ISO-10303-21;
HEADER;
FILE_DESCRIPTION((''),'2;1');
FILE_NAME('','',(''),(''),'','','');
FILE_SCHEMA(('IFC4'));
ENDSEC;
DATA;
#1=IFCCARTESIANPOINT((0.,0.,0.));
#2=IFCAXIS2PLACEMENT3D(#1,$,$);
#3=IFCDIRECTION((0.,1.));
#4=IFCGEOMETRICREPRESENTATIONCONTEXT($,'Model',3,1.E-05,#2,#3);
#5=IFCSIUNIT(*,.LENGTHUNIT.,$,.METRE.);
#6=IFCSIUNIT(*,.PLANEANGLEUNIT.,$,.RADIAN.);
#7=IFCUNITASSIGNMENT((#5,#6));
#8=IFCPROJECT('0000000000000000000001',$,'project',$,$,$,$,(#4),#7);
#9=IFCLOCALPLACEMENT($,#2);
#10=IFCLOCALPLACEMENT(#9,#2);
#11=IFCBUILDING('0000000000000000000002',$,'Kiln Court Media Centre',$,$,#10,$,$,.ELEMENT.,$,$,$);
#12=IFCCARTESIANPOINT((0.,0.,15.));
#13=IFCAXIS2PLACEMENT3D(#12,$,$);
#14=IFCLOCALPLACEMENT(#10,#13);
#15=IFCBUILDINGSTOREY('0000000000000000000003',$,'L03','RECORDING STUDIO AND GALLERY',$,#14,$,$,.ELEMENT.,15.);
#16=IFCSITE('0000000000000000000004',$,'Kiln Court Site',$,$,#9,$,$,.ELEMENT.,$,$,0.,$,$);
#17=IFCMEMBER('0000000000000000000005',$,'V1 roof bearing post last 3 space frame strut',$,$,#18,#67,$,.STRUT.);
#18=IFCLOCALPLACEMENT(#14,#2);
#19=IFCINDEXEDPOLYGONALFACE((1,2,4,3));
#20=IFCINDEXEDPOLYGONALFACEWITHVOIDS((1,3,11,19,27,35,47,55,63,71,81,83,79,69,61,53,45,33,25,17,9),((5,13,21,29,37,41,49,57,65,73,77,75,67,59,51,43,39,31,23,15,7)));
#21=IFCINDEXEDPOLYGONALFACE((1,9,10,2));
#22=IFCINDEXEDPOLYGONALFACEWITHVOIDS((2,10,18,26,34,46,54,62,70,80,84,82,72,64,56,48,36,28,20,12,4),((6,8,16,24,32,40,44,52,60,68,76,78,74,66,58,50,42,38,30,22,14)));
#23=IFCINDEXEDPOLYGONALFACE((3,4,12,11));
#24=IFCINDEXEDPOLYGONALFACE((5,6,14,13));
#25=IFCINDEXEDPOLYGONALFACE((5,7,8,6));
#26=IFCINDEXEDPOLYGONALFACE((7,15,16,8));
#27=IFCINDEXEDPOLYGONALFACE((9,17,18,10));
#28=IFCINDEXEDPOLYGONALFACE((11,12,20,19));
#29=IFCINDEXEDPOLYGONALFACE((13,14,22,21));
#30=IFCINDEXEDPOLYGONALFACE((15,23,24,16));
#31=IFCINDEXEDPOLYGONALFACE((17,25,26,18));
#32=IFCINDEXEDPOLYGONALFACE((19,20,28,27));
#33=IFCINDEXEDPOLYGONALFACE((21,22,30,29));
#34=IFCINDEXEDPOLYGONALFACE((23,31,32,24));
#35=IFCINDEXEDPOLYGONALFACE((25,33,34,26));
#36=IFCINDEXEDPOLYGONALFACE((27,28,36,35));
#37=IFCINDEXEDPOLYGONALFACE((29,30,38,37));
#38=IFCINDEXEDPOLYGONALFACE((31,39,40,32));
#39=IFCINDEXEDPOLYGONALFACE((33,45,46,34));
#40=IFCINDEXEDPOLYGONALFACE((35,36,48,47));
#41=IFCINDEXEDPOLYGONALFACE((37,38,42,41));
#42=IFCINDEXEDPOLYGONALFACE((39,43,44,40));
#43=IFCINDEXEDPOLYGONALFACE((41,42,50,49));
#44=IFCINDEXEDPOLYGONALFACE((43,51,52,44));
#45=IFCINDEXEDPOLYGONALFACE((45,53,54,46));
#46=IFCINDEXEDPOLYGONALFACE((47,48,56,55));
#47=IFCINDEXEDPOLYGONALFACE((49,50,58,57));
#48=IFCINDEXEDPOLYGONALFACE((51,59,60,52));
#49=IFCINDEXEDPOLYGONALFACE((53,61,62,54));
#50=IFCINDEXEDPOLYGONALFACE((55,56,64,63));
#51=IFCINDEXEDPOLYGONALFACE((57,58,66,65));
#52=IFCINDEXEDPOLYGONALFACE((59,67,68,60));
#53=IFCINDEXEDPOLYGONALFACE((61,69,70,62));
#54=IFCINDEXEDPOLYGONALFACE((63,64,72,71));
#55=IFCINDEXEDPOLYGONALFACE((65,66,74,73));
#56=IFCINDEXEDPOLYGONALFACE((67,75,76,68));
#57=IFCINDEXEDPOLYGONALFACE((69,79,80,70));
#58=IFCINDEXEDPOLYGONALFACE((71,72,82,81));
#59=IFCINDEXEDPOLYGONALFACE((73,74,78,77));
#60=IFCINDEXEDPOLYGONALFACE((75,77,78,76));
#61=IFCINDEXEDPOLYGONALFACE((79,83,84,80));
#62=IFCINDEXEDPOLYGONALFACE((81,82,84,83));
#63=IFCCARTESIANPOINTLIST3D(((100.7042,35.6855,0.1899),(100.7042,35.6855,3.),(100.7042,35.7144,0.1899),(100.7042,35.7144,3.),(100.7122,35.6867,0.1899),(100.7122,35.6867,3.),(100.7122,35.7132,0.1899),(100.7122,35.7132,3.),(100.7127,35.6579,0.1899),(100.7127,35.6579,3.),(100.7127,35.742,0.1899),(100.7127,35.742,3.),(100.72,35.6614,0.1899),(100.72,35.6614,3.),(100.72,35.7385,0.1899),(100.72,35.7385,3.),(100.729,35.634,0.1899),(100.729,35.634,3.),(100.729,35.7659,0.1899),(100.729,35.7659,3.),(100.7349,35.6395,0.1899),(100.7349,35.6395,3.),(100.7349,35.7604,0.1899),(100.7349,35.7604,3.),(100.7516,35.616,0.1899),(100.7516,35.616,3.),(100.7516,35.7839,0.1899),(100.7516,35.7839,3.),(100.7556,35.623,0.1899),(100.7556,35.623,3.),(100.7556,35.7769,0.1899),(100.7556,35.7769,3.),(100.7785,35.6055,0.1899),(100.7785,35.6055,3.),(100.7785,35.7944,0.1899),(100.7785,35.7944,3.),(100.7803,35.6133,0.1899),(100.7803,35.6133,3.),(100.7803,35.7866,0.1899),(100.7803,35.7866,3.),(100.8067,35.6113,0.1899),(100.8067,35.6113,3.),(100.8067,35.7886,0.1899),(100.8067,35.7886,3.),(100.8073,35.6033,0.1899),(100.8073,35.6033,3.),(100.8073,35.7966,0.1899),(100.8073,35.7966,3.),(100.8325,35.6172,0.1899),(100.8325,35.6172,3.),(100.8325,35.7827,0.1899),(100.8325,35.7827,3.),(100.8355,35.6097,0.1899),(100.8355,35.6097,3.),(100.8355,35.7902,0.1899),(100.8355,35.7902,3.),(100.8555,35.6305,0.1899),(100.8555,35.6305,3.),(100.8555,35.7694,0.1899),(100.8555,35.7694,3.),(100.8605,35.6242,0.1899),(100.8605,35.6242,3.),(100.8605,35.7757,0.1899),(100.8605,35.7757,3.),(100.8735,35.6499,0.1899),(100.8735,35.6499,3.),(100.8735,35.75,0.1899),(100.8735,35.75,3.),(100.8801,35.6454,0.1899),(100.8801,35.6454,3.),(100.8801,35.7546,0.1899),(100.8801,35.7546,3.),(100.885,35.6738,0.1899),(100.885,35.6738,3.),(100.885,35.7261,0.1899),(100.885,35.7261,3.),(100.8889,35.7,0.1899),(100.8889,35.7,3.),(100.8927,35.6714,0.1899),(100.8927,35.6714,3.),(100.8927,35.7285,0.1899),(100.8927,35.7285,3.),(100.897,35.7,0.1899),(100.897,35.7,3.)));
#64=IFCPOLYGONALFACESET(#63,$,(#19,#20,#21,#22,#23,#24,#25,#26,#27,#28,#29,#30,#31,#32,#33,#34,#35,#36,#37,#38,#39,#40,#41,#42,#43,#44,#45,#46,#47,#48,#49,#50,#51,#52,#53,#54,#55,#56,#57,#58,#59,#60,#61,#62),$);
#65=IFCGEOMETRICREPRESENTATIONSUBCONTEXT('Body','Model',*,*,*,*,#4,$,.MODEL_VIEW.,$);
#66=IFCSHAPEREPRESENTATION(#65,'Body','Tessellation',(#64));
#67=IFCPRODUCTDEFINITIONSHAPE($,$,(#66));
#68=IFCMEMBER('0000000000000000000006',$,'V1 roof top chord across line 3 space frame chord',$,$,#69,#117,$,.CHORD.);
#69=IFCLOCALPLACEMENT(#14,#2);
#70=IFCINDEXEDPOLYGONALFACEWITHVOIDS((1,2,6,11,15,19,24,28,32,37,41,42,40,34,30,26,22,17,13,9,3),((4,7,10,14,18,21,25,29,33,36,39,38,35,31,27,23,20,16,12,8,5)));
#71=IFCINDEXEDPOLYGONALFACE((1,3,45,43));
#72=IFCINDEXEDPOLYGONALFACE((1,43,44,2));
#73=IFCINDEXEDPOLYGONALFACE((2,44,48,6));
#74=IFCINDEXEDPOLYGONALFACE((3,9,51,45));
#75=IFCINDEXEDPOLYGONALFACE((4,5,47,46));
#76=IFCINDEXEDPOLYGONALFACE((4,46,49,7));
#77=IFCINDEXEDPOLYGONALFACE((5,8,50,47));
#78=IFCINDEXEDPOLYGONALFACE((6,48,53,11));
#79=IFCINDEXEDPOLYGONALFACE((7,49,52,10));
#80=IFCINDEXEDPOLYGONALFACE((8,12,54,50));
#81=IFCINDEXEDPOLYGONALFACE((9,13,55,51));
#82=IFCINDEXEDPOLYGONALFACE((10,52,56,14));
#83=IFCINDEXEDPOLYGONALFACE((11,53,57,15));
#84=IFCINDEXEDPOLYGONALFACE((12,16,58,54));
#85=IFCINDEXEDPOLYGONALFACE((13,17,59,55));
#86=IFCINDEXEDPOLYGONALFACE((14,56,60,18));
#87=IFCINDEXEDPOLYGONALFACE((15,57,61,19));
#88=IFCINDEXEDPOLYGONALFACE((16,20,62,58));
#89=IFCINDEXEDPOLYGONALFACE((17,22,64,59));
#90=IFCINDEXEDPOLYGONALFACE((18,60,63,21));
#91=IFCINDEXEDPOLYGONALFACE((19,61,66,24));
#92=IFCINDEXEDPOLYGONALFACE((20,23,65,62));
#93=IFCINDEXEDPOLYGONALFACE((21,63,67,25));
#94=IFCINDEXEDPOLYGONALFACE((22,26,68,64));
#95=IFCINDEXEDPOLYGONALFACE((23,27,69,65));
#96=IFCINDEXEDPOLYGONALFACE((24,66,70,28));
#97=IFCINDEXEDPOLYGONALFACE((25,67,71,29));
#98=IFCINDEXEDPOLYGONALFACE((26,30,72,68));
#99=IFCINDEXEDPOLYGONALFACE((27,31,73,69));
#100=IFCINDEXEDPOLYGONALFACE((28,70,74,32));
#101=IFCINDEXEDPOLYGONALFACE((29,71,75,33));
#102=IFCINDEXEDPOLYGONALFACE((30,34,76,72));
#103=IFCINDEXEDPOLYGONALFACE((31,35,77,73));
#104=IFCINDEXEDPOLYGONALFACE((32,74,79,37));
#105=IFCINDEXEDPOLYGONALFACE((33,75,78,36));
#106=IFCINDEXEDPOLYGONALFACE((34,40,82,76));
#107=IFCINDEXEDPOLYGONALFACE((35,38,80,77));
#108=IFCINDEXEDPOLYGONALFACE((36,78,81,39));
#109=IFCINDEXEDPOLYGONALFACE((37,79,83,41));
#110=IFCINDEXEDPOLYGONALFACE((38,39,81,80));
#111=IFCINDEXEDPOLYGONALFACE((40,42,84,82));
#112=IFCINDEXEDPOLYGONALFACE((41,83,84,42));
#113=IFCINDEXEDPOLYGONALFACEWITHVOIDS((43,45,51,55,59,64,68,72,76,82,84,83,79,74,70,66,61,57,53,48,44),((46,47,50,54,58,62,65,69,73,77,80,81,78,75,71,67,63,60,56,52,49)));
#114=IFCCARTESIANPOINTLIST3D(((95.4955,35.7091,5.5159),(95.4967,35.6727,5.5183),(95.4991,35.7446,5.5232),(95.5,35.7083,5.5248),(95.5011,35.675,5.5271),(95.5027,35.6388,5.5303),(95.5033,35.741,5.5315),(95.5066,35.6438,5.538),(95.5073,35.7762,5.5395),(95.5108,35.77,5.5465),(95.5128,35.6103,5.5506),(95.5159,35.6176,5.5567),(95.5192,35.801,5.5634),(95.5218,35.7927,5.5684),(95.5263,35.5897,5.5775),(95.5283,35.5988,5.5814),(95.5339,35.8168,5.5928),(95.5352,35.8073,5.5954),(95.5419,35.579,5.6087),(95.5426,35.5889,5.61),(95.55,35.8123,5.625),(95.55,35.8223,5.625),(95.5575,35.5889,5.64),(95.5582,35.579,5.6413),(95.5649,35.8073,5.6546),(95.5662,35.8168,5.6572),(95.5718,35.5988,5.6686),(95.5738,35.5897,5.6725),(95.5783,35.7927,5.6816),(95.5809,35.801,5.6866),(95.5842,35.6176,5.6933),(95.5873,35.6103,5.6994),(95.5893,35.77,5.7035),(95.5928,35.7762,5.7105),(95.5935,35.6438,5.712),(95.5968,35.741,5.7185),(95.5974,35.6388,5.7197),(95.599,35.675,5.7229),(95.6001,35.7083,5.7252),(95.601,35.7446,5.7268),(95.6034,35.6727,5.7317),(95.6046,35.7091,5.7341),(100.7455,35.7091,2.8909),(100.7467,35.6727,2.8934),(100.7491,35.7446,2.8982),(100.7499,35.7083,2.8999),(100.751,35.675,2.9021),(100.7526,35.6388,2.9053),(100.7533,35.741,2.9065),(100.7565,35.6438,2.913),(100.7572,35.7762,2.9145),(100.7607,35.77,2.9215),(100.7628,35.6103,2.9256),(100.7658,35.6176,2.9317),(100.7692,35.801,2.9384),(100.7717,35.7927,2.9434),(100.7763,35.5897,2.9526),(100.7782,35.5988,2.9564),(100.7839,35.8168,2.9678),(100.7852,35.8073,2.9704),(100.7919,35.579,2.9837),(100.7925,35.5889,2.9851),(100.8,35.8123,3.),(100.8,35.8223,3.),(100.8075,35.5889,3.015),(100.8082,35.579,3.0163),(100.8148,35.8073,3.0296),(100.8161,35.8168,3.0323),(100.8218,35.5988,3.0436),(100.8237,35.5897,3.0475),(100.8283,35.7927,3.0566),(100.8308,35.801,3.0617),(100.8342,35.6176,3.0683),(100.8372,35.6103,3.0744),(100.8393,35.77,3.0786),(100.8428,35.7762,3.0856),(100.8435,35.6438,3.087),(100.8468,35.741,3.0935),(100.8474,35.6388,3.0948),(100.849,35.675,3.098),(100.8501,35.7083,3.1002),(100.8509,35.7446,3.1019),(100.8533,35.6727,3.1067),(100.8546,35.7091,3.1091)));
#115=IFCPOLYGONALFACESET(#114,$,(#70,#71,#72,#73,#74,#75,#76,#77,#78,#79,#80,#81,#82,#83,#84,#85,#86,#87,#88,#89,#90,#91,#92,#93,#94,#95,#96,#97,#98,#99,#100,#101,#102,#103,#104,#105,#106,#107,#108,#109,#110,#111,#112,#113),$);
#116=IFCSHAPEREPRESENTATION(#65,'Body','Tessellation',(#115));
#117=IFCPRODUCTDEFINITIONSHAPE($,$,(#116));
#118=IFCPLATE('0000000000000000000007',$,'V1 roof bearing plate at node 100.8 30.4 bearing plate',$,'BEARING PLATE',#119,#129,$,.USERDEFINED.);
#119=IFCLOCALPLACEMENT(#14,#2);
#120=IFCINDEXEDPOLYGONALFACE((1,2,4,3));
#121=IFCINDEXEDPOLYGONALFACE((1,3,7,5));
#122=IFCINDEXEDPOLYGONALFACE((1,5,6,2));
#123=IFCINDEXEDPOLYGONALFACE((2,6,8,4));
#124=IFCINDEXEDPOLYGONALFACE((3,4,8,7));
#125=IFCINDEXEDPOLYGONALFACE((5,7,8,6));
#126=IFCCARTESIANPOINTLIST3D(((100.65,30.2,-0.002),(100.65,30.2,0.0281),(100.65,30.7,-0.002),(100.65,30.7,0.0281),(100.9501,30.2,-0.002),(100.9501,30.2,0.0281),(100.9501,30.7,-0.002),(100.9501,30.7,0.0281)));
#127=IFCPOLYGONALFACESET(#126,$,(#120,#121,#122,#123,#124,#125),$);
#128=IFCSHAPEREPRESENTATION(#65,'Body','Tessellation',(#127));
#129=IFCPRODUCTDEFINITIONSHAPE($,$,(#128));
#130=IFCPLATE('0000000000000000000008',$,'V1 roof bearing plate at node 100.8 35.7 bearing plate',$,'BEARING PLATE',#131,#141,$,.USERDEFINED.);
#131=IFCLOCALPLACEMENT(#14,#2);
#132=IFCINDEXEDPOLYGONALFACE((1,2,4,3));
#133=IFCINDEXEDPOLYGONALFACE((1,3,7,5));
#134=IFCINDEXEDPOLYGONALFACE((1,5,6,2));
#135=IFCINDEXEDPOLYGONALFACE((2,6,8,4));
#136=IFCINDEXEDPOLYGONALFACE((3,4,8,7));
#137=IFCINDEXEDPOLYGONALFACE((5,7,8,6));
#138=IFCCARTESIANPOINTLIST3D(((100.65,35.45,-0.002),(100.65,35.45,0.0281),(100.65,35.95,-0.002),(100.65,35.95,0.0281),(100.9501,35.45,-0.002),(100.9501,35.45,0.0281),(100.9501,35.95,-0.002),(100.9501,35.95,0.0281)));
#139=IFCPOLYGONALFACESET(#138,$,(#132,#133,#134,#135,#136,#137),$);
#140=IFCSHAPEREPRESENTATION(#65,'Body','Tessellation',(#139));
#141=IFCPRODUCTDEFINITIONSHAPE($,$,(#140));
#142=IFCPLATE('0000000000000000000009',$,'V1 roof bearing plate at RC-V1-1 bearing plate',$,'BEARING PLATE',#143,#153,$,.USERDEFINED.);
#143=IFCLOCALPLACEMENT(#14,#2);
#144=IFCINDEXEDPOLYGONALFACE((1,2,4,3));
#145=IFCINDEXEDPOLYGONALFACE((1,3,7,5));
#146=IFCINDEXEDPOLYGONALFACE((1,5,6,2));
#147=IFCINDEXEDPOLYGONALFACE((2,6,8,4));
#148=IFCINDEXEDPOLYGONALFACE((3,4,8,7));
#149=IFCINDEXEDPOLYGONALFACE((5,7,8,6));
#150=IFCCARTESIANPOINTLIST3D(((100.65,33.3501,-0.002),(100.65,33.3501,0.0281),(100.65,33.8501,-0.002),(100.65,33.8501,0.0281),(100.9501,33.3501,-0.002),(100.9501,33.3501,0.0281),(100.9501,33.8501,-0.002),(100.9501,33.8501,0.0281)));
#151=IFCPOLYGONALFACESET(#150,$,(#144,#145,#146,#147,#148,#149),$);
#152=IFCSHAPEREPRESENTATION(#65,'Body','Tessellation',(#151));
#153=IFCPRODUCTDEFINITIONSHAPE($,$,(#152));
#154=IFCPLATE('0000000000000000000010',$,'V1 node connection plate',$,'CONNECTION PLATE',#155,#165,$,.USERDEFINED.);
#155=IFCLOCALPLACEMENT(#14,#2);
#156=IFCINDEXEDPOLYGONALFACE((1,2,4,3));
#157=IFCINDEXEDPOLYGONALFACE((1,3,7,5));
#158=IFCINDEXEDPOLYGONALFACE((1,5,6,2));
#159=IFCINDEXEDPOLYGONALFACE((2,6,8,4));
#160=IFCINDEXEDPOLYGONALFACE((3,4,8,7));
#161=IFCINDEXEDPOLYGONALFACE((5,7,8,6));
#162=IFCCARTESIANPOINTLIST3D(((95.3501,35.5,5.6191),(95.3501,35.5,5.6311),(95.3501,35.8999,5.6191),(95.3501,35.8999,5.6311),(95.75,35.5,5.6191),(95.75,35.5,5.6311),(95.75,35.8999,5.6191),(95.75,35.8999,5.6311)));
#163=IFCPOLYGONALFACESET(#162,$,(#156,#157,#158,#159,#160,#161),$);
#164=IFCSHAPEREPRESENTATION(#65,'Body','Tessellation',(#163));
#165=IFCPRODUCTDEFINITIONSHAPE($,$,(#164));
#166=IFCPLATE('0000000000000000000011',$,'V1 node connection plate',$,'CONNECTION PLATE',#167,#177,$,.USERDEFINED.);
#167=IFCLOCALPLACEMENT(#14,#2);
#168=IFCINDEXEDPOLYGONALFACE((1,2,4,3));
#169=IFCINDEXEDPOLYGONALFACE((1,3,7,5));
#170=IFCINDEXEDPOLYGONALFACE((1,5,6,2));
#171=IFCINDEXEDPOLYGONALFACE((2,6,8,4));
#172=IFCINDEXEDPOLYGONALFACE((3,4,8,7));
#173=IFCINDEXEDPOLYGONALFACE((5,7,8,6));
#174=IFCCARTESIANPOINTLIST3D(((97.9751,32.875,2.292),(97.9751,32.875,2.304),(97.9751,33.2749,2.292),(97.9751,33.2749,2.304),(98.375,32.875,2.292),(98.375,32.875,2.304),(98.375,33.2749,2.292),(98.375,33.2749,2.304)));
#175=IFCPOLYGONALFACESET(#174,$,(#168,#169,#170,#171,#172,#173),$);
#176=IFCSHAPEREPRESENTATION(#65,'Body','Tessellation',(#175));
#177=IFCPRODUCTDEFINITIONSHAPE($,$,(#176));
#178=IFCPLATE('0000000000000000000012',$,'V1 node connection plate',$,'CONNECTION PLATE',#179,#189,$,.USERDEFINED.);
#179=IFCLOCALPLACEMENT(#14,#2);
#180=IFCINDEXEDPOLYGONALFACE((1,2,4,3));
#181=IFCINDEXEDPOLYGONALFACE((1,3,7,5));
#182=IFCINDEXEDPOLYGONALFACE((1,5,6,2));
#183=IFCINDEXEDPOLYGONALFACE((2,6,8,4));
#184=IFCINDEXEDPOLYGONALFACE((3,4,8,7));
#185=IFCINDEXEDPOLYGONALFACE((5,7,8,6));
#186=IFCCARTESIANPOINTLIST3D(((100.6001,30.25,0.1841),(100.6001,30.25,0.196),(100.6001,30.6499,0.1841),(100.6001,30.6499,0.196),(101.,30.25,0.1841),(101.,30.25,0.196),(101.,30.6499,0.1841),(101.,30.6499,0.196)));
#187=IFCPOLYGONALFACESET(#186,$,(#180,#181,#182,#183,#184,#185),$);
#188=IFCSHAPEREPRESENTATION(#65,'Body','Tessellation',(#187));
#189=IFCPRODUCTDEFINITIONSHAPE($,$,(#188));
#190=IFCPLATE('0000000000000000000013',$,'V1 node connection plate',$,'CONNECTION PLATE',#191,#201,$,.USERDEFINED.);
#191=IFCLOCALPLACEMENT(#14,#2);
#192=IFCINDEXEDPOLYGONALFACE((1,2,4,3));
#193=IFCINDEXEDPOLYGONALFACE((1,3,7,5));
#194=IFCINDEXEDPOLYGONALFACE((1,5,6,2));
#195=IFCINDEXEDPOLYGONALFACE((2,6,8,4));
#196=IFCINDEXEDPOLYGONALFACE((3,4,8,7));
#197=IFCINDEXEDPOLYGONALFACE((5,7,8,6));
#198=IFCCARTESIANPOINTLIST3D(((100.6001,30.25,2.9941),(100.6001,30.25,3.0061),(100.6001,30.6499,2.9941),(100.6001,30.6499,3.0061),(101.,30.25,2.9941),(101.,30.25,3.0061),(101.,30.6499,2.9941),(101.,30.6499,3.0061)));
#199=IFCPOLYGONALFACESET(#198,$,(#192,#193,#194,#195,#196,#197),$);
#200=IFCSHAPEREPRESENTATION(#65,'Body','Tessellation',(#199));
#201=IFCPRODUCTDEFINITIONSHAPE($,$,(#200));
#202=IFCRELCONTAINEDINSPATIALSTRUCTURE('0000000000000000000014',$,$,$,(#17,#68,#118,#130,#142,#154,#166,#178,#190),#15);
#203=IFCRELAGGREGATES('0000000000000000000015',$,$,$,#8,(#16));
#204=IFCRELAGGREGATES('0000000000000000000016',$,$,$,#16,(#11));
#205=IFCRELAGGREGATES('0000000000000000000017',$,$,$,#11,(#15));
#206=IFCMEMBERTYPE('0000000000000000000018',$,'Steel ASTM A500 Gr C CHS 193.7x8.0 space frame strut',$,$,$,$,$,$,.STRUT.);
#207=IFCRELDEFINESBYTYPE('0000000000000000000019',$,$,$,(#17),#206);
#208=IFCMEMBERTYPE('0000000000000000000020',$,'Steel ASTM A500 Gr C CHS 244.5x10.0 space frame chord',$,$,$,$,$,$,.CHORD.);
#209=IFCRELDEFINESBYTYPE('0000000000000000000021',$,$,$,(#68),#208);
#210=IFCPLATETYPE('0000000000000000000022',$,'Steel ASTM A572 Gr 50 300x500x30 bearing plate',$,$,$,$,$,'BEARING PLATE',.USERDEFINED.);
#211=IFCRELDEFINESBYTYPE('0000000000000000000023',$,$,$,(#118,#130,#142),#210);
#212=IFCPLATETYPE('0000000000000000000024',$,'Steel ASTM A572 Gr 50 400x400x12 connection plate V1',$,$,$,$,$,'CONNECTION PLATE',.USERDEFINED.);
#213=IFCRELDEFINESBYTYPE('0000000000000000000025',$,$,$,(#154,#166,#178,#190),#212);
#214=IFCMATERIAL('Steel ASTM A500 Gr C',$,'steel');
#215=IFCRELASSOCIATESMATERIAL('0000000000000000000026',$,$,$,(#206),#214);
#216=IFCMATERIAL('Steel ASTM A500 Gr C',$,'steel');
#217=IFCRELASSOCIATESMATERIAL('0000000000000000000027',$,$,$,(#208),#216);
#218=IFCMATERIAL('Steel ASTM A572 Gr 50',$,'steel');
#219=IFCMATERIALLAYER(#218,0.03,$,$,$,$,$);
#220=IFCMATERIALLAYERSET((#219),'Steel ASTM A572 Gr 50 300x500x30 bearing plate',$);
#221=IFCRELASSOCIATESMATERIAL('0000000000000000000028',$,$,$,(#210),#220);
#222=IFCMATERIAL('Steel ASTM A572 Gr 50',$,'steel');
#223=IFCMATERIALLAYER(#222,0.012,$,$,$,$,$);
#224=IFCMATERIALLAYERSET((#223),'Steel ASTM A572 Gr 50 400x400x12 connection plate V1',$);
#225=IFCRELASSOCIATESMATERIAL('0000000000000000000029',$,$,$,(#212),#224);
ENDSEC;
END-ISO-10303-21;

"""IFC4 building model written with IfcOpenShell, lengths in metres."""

from ifc_helpers import new_model, si_unit, direction, frame, origin, origin_2d, place, context, subcontext, project, spatial, rectangle, hollow_circle, extrude, material, layer, layer_set, material_profile, profile_set, type_object, element, save


model = new_model("IFC4")

# Units and contexts
model_context = context("Model", 3, precision=1e-05, world=origin(), true_north=direction((0.0, 1.0)))
body_context = subcontext(model_context, "Body", "Model", "MODEL_VIEW")
ifc_project = project(units=[si_unit("LENGTHUNIT", "METRE"), si_unit("PLANEANGLEUNIT", "RADIAN")], contexts=[model_context])

# Site, building, storey
site_placement = place(None, origin())
site = spatial("IfcSite", under=ifc_project, at=site_placement, Name="Kiln Court Site", CompositionType="ELEMENT", RefElevation=0.0)
building_placement = place(site_placement, origin())
building = spatial("IfcBuilding", under=site, at=building_placement, Name="Kiln Court Media Centre", CompositionType="ELEMENT")
storey_placement = place(building_placement, frame((0.0, 0.0, 15.0)))
storey = spatial("IfcBuildingStorey", under=building, at=storey_placement, Name="L03", Description="RECORDING STUDIO AND GALLERY", CompositionType="ELEMENT", Elevation=15.0)

# Members
ifc_material_1 = material(Name="Steel ASTM A500 Gr C", Category="steel")
ifc_material_profile_1 = material_profile(ifc_material_1, hollow_circle(Radius=0.0969, WallThickness=0.0081, at=origin_2d()), Name="CHS 193.7x8.0")
ifc_profile_set_1 = profile_set([ifc_material_profile_1], Name="Steel ASTM A500 Gr C")
member_type_1 = type_object("IfcMemberType", Name="Steel ASTM A500 Gr C CHS 193.7x8.0 space frame strut", PredefinedType="STRUT", material=ifc_profile_set_1)
for number, where, z_axis, x_axis, name in (
    (1, (100.8, 35.7, 0.1899), (0.0, 0.0, 1.0), (1.0, 0.0, 0.0), "V1 roof bearing post last 3 space frame strut"),
):
    element("IfcMember", number, at=place(storey_placement, frame(where, z_axis=z_axis, x_axis=x_axis)), inside=storey, type_object=member_type_1, Name=name, PredefinedType="STRUT", context=body_context, shape_type="SweptSolid", body=[
        extrude(hollow_circle(Radius=0.0969, WallThickness=0.0081, at=origin_2d()), origin(), (0.0, 0.0, 1.0), 2.8101),
    ])
ifc_material_2 = material(Name="Steel ASTM A500 Gr C", Category="steel")
ifc_material_profile_2 = material_profile(ifc_material_2, hollow_circle(Radius=0.1223, WallThickness=0.01, at=origin_2d()), Name="CHS 244.5x10.0")
ifc_profile_set_2 = profile_set([ifc_material_profile_2], Name="Steel ASTM A500 Gr C")
member_type_2 = type_object("IfcMemberType", Name="Steel ASTM A500 Gr C CHS 244.5x10.0 space frame chord", PredefinedType="CHORD", material=ifc_profile_set_2)
member_1_placement = place(storey_placement, frame((95.55, 35.7, 5.625), z_axis=(0.894427, 0.0, -0.447214), x_axis=(0.0, 1.0, 0.0)))
element("IfcMember", 2, at=member_1_placement, inside=storey, type_object=member_type_2, Name="V1 roof top chord across line 3 space frame chord", PredefinedType="CHORD", context=body_context, shape_type="SweptSolid", body=[
    extrude(hollow_circle(Radius=0.1223, WallThickness=0.01, at=origin_2d()), origin(), (0.0, 0.0, 1.0), 5.8696),
])

# Plates
ifc_material_3 = material(Name="Steel ASTM A572 Gr 50", Category="steel")
ifc_layer_1 = layer(ifc_material_3, 0.03)
ifc_layer_set_1 = layer_set([ifc_layer_1], Name="Steel ASTM A572 Gr 50 300x500x30 bearing plate")
plate_type_1 = type_object("IfcPlateType", Name="Steel ASTM A572 Gr 50 300x500x30 bearing plate", ElementType="BEARING PLATE", PredefinedType="USERDEFINED", material=ifc_layer_set_1)
for number, where, z_axis, x_axis, name in (
    (3, (100.8, 30.45, -0.002), (0.0, 0.0, 1.0), (1.0, 0.0, 0.0), "V1 roof bearing plate at node 100.8 30.4 bearing plate"),
    (4, (100.8, 35.7, -0.002), (0.0, 0.0, 1.0), (1.0, 0.0, 0.0), "V1 roof bearing plate at node 100.8 35.7 bearing plate"),
    (5, (100.8, 33.6001, -0.002), (0.0, 0.0, 1.0), (1.0, 0.0, 0.0), "V1 roof bearing plate at RC-V1-1 bearing plate"),
):
    element("IfcPlate", number, at=place(storey_placement, frame(where, z_axis=z_axis, x_axis=x_axis)), inside=storey, type_object=plate_type_1, Name=name, ObjectType="BEARING PLATE", PredefinedType="USERDEFINED", context=body_context, shape_type="SweptSolid", body=[
        extrude(rectangle(XDim=0.3, YDim=0.5, at=origin_2d()), origin(), (0.0, 0.0, 1.0), 0.03),
    ])
ifc_material_4 = material(Name="Steel ASTM A572 Gr 50", Category="steel")
ifc_layer_2 = layer(ifc_material_4, 0.012)
ifc_layer_set_2 = layer_set([ifc_layer_2], Name="Steel ASTM A572 Gr 50 400x400x12 connection plate V1")
plate_type_2 = type_object("IfcPlateType", Name="Steel ASTM A572 Gr 50 400x400x12 connection plate V1", ElementType="CONNECTION PLATE", PredefinedType="USERDEFINED", material=ifc_layer_set_2)
for number, where, z_axis, x_axis, name in (
    (6, (95.55, 35.7, 5.6191), (0.0, 0.0, 1.0), (1.0, 0.0, 0.0), "V1 node connection plate"),
    (7, (98.175, 33.075, 2.292), (0.0, 0.0, 1.0), (1.0, 0.0, 0.0), "V1 node connection plate"),
    (8, (100.8, 30.45, 0.1841), (0.0, 0.0, 1.0), (1.0, 0.0, 0.0), "V1 node connection plate"),
    (9, (100.8, 30.45, 2.9941), (0.0, 0.0, 1.0), (1.0, 0.0, 0.0), "V1 node connection plate"),
):
    element("IfcPlate", number, at=place(storey_placement, frame(where, z_axis=z_axis, x_axis=x_axis)), inside=storey, type_object=plate_type_2, Name=name, ObjectType="CONNECTION PLATE", PredefinedType="USERDEFINED", context=body_context, shape_type="SweptSolid", body=[
        extrude(rectangle(XDim=0.3999, YDim=0.3999, at=origin_2d()), origin(), (0.0, 0.0, 1.0), 0.012),
    ])

save(model, "model.ifc")
